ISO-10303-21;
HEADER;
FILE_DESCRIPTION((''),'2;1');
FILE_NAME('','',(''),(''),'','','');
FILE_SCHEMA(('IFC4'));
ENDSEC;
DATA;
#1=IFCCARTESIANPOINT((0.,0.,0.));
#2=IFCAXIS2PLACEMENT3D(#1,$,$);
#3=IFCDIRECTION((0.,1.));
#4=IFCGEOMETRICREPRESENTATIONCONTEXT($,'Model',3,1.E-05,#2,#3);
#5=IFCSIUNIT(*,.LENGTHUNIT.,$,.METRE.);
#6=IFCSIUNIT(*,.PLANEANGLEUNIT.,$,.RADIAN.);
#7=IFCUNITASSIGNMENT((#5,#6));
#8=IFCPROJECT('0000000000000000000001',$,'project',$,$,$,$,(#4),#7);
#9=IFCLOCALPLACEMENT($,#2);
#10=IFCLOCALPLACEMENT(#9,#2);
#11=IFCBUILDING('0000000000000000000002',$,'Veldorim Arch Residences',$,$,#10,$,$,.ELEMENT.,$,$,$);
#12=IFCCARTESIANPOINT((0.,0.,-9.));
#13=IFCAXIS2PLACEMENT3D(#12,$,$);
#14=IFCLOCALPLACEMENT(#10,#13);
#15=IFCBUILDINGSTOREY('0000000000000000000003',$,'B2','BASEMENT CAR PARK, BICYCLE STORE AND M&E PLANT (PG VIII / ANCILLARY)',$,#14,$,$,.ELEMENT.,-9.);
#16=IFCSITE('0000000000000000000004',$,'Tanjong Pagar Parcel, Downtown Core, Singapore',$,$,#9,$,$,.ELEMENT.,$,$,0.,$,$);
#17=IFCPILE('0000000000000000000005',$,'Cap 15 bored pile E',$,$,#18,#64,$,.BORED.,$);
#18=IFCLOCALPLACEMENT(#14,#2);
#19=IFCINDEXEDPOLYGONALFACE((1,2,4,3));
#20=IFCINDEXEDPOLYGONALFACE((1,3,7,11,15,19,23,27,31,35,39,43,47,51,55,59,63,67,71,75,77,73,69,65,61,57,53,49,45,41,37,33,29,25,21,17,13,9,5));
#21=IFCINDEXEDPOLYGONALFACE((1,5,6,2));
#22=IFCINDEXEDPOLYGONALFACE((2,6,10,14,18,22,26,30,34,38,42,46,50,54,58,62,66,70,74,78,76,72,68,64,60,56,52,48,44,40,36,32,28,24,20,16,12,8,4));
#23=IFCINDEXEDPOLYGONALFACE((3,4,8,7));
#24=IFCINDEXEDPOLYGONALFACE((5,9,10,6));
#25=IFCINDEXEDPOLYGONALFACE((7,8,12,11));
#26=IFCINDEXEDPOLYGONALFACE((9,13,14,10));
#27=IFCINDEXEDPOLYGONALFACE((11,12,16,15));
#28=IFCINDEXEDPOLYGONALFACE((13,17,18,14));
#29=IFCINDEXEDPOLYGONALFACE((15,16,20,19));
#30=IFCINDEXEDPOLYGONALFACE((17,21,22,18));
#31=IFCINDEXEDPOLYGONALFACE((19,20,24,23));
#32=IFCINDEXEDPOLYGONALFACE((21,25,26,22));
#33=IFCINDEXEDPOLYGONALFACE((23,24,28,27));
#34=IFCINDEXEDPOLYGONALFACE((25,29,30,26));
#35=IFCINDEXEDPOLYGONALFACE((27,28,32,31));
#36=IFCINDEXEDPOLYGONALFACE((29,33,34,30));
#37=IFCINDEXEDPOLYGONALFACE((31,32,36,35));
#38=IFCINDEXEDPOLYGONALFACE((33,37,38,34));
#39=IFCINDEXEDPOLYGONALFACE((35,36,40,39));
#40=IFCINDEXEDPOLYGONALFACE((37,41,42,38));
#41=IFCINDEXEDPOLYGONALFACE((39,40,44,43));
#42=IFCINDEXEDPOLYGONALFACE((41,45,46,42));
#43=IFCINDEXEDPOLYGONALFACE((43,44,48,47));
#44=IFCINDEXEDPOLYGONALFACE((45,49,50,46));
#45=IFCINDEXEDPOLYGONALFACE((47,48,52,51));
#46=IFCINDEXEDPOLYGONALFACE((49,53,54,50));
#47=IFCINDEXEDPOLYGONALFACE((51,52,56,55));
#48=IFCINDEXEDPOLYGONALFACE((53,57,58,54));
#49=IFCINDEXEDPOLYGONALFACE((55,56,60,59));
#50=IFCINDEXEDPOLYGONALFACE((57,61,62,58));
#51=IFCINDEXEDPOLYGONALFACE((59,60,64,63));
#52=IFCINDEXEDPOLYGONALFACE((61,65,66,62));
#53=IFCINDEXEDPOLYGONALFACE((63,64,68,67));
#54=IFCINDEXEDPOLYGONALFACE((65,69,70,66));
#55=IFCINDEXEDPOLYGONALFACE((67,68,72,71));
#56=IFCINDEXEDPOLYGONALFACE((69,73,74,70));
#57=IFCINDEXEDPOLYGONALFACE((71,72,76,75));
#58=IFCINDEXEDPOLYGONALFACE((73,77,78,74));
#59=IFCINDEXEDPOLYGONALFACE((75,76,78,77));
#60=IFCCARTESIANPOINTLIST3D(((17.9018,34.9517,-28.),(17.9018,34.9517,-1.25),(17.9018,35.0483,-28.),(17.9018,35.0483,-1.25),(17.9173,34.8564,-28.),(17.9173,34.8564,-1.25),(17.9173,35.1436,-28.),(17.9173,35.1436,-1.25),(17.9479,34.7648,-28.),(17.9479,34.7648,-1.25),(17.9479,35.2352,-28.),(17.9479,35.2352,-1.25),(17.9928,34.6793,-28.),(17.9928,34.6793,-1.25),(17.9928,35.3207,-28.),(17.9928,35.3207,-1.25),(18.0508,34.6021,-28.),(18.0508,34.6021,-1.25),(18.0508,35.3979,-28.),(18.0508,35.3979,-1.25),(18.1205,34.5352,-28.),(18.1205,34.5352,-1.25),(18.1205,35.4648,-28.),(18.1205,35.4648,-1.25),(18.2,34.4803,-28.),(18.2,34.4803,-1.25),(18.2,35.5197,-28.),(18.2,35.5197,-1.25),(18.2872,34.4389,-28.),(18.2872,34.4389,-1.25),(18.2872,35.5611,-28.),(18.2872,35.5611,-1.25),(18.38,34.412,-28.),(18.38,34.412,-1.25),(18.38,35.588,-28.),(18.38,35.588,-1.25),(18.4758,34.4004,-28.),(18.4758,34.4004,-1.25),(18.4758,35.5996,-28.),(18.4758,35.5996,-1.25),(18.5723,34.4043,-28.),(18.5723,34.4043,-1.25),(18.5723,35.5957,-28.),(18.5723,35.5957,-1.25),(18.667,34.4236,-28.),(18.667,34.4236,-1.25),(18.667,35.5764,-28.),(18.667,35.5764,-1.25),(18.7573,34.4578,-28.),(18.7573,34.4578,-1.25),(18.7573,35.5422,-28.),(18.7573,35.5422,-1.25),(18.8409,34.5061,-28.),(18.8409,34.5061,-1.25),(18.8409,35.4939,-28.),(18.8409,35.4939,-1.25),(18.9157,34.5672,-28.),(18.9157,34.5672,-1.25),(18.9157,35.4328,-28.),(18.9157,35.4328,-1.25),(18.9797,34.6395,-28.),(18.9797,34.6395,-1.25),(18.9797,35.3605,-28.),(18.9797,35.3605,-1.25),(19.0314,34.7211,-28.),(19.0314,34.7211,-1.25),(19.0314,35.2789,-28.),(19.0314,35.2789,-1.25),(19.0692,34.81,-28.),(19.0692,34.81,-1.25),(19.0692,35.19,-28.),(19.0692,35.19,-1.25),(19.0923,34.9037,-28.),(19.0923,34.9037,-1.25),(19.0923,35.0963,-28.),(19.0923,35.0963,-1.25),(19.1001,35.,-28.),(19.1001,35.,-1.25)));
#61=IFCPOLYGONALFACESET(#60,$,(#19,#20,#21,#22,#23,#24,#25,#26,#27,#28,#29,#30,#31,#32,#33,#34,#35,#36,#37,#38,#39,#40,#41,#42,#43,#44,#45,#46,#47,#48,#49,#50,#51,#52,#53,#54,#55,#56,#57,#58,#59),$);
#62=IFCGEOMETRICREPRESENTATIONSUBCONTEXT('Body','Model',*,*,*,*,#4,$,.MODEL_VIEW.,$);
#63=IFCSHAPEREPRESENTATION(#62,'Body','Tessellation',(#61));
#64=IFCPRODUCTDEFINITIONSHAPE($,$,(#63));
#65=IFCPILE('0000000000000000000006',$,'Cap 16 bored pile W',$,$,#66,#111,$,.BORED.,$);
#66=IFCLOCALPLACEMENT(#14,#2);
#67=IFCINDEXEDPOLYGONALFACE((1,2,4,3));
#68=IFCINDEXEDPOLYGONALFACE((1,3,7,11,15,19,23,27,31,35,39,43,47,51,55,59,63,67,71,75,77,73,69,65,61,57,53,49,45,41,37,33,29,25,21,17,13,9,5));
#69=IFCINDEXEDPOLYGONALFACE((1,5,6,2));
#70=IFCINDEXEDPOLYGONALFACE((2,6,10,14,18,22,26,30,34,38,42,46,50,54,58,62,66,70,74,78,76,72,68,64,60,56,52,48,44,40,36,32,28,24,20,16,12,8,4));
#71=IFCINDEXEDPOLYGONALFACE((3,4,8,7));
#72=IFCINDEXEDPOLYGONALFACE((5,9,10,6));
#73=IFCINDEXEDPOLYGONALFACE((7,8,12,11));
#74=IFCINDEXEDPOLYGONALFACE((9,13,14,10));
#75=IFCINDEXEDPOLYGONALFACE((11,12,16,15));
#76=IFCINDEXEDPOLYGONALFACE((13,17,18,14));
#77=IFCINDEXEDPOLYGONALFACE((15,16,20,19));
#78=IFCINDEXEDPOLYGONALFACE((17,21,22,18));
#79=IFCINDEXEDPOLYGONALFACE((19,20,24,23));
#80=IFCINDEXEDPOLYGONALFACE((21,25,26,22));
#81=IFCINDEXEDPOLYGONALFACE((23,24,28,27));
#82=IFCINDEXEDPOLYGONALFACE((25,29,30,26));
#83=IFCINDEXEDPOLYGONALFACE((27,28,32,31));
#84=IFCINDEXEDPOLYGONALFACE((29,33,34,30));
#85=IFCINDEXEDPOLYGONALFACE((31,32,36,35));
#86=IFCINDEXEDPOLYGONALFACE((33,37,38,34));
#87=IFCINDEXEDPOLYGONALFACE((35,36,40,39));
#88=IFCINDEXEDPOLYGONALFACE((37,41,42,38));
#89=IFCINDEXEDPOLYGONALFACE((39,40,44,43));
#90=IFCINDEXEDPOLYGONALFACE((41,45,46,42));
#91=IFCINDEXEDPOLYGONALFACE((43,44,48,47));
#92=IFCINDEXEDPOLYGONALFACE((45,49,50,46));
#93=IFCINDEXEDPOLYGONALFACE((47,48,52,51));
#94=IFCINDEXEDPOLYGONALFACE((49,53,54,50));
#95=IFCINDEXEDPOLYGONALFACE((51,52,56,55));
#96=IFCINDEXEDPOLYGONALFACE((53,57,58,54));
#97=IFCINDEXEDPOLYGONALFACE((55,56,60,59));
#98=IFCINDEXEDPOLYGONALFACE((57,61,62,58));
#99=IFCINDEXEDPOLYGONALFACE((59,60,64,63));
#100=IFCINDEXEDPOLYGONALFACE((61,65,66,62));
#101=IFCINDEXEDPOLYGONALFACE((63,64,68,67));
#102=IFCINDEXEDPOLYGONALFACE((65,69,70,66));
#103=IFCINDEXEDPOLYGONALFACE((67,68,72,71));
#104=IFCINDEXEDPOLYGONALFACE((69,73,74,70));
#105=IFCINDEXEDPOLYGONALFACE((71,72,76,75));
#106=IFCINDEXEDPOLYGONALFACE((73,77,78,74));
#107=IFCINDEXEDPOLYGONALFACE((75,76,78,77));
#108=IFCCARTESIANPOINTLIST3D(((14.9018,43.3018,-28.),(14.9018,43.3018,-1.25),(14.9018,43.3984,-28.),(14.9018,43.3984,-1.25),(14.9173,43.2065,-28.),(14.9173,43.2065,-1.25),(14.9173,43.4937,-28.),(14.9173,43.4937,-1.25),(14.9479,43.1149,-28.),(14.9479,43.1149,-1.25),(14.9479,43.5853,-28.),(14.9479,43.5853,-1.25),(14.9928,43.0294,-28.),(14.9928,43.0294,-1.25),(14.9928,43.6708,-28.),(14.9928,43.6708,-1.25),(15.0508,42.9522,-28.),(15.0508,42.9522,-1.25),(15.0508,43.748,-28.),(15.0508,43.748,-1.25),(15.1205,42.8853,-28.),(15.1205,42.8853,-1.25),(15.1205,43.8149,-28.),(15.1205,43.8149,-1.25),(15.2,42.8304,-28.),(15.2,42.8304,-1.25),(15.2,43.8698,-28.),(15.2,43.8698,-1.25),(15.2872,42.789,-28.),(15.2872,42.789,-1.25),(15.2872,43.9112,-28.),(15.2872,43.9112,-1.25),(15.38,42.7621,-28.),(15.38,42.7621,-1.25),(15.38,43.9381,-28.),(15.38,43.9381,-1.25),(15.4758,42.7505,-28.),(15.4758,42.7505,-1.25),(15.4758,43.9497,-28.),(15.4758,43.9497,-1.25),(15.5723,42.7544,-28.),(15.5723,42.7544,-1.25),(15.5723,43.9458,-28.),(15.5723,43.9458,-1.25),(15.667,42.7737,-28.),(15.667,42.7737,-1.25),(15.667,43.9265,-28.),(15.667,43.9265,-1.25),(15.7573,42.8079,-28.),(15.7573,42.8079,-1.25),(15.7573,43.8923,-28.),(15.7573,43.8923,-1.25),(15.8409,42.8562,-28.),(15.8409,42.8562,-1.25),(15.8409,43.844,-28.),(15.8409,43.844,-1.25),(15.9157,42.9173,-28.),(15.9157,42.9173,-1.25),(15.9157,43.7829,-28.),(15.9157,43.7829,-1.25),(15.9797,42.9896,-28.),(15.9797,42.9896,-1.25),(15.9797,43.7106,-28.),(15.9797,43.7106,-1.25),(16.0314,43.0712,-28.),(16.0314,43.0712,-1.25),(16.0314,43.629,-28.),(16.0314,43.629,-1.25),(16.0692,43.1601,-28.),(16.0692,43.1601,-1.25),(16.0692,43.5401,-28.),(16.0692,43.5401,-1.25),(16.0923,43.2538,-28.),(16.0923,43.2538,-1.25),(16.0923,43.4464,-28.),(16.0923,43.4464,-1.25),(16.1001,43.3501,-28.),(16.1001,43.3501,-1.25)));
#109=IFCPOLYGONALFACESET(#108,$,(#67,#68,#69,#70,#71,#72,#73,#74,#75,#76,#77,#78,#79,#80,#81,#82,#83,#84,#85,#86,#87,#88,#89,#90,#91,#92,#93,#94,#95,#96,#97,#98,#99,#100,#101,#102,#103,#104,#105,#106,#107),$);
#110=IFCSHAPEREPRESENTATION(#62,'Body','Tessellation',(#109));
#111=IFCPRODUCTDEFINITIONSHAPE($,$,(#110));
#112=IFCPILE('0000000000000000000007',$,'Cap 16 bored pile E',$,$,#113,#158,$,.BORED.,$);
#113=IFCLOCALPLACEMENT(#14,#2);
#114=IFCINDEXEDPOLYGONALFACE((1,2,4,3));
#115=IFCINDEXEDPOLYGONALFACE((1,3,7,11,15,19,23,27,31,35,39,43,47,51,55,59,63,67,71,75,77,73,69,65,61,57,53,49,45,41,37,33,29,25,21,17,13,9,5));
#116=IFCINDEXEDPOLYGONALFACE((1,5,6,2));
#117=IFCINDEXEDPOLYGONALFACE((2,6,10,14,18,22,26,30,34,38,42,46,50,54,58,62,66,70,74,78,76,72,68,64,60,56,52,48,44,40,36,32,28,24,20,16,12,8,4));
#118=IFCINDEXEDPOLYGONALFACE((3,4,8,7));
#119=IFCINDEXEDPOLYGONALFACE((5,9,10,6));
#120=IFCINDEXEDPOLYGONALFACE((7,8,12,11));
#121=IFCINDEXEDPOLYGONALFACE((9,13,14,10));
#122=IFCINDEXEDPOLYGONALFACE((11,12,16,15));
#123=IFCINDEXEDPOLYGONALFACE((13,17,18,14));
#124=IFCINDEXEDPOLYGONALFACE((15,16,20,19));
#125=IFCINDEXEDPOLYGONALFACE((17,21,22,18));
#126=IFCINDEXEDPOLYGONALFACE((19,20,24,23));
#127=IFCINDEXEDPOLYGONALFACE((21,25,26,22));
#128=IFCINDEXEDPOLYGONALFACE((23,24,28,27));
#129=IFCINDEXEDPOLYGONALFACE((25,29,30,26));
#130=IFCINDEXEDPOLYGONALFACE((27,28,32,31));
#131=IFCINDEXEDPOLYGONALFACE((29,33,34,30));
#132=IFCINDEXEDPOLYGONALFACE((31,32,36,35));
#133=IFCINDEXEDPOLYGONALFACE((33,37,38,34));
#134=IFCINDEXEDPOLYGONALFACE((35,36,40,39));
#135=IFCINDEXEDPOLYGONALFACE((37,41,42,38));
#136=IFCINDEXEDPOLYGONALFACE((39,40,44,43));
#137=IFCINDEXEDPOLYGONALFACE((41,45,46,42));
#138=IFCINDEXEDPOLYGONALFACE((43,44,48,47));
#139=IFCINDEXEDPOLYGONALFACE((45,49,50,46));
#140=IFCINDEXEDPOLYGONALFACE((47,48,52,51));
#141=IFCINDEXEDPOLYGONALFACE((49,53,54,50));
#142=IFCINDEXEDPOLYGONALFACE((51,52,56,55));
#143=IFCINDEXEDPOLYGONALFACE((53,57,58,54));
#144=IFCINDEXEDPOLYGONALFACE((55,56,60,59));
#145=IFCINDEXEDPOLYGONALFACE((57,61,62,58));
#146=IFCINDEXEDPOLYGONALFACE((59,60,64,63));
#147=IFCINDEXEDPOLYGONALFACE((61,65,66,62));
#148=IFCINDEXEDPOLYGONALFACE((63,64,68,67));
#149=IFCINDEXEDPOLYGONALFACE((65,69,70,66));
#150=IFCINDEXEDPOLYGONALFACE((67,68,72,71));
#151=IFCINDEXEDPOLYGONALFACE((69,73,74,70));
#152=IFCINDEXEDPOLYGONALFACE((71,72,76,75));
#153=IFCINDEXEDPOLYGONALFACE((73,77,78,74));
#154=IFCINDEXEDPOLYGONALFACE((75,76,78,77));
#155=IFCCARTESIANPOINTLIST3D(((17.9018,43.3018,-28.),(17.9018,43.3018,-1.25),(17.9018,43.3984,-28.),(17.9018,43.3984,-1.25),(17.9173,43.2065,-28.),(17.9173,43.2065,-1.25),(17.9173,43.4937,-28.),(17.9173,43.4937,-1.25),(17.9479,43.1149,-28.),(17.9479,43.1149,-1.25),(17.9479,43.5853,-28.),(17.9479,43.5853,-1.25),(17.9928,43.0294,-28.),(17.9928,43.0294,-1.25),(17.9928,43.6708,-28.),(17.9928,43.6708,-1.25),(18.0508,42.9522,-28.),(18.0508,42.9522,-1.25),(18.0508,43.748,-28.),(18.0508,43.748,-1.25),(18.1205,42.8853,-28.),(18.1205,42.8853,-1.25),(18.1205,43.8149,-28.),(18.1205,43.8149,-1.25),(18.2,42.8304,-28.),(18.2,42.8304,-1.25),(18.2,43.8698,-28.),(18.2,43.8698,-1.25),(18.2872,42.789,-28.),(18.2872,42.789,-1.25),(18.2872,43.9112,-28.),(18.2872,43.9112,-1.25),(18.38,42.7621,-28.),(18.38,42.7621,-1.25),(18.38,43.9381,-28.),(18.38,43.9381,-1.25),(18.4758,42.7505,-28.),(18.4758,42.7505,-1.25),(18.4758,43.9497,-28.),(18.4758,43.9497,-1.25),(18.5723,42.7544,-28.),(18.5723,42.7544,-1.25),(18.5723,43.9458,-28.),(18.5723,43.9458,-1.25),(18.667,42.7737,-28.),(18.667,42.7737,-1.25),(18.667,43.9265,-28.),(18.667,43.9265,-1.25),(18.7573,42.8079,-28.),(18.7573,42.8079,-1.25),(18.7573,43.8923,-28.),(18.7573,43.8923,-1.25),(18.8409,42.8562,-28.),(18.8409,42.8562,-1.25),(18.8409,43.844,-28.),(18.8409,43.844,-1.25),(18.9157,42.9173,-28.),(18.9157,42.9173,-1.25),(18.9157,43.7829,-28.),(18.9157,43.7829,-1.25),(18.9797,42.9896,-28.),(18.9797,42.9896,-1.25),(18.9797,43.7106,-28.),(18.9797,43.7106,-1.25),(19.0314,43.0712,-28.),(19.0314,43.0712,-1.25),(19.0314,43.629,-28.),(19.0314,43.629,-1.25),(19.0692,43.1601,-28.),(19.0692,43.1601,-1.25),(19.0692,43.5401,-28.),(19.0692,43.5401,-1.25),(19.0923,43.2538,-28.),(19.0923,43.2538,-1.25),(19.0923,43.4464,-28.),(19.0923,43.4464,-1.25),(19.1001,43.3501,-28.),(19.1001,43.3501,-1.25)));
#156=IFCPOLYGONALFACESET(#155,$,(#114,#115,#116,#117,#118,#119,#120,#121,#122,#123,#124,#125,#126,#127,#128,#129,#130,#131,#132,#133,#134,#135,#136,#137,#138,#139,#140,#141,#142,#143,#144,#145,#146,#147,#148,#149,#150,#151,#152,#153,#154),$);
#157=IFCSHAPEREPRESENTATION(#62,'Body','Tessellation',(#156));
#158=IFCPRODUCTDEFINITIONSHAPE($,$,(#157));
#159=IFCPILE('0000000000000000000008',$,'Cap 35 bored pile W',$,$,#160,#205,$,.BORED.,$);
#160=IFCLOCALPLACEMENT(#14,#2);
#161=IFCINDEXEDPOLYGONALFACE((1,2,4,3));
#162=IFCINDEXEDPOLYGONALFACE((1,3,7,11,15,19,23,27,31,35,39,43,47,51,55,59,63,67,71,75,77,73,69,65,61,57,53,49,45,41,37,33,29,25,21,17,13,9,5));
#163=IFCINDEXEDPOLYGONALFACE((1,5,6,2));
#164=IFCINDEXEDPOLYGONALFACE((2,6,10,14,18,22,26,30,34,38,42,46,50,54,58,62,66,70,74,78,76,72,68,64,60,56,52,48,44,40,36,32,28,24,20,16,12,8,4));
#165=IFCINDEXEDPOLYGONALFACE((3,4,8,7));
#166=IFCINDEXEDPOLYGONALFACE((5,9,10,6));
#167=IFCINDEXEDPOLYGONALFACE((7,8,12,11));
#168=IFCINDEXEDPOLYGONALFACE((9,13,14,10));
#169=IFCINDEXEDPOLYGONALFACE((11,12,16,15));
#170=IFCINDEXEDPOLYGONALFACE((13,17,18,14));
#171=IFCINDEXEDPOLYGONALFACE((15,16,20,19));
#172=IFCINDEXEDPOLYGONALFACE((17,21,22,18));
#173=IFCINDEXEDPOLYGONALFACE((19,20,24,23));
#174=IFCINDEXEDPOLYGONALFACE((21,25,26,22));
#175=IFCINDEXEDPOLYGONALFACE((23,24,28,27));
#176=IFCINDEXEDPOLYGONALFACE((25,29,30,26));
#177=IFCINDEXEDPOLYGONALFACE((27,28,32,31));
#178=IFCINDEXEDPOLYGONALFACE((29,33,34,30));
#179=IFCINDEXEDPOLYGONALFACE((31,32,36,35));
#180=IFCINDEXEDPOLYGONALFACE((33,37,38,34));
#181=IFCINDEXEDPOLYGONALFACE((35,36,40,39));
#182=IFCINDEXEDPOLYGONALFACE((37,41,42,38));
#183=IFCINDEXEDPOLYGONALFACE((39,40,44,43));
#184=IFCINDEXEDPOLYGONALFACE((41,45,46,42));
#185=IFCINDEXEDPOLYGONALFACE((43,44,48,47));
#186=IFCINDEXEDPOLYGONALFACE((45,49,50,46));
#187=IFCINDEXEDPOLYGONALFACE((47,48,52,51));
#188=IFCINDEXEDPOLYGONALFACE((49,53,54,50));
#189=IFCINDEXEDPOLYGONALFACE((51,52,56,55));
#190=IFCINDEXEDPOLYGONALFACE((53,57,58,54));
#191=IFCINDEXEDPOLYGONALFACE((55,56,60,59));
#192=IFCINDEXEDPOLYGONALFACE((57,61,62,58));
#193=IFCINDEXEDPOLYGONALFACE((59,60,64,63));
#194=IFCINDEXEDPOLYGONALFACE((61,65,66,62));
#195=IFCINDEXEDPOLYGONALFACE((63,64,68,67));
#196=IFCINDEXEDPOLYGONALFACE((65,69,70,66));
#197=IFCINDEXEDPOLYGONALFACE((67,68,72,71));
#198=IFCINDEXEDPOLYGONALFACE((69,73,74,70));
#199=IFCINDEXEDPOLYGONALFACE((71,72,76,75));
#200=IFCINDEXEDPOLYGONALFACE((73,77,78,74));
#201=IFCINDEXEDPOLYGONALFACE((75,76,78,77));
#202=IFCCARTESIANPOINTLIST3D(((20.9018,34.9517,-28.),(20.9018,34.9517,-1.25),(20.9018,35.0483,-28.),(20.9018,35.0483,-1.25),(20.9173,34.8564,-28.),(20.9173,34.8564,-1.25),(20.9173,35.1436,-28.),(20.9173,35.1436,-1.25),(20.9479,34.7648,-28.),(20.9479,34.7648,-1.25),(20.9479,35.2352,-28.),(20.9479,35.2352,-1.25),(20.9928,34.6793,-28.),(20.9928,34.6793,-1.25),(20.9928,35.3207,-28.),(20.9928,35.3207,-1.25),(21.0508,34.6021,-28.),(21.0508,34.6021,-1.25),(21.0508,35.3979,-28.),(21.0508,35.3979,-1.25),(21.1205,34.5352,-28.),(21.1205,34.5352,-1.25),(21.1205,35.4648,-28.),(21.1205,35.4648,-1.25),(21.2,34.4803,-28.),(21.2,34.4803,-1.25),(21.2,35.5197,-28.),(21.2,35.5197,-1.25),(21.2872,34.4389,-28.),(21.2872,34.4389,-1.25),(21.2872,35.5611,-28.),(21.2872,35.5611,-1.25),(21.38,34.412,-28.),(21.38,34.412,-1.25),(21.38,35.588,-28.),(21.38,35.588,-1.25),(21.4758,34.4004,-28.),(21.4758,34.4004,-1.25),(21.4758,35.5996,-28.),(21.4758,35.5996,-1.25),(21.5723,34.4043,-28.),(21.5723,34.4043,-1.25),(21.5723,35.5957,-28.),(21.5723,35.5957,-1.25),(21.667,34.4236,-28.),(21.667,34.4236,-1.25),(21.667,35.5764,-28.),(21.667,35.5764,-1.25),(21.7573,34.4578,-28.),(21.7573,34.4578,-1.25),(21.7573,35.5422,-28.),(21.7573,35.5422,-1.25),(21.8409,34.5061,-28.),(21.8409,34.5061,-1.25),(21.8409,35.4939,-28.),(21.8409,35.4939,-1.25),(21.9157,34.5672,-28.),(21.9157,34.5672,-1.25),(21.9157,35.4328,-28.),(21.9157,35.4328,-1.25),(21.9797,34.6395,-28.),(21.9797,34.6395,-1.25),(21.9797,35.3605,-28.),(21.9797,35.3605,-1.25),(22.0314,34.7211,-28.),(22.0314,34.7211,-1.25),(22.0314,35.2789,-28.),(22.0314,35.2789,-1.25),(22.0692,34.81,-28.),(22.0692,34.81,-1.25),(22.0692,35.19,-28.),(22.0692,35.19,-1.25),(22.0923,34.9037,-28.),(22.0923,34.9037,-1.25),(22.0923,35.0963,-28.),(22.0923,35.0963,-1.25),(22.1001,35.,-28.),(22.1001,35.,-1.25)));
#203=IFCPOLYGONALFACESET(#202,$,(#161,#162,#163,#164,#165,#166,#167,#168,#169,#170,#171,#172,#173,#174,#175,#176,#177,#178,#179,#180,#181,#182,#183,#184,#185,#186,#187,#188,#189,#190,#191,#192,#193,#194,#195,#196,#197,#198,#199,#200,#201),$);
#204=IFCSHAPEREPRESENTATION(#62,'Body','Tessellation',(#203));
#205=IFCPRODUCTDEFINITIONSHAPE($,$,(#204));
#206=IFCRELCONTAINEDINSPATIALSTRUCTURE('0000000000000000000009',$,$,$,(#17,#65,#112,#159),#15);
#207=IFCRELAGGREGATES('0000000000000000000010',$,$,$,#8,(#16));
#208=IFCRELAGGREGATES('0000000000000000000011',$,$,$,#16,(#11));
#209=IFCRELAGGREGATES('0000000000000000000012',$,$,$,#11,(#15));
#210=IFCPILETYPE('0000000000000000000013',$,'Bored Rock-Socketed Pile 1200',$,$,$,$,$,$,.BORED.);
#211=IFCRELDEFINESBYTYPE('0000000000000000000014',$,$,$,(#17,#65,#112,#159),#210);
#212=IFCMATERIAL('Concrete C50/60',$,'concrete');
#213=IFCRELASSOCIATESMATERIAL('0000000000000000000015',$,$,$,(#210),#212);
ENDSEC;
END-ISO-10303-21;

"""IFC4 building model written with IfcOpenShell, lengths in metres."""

from ifc_helpers import new_model, si_unit, direction, frame, origin, origin_2d, place, context, subcontext, project, spatial, circle, extrude, material, material_profile, profile_set, type_object, element, save


model = new_model("IFC4")

# Units and contexts
model_context = context("Model", 3, precision=1e-05, world=origin(), true_north=direction((0.0, 1.0)))
body_context = subcontext(model_context, "Body", "Model", "MODEL_VIEW")
ifc_project = project(units=[si_unit("LENGTHUNIT", "METRE"), si_unit("PLANEANGLEUNIT", "RADIAN")], contexts=[model_context])

# Site, building, storey
site_placement = place(None, origin())
site = spatial("IfcSite", under=ifc_project, at=site_placement, Name="Tanjong Pagar Parcel, Downtown Core, Singapore", CompositionType="ELEMENT", RefElevation=0.0)
building_placement = place(site_placement, origin())
building = spatial("IfcBuilding", under=site, at=building_placement, Name="Veldorim Arch Residences", CompositionType="ELEMENT")
storey_placement = place(building_placement, frame((0.0, 0.0, -9.0)))
storey = spatial("IfcBuildingStorey", under=building, at=storey_placement, Name="B2", Description="BASEMENT CAR PARK, BICYCLE STORE AND M&E PLANT (PG VIII / ANCILLARY)", CompositionType="ELEMENT", Elevation=-9.0)

# Piles
ifc_material_1 = material(Name="Concrete C50/60", Category="concrete")
ifc_material_profile_1 = material_profile(ifc_material_1, circle(Radius=0.6001, at=origin_2d()), Name="PILE_1200")
ifc_profile_set_1 = profile_set([ifc_material_profile_1], Name="Concrete C50/60")
pile_type_1 = type_object("IfcPileType", Name="Bored Rock-Socketed Pile 1200", PredefinedType="BORED", material=ifc_profile_set_1)
for number, where, z_axis, x_axis, name in (
    (1, (18.5, 35.0, -1.25), (0.0, 0.0, -1.0), (1.0, 0.0, 0.0), "Cap 15 bored pile E"),
    (2, (15.5, 43.3501, -1.25), (0.0, 0.0, -1.0), (1.0, 0.0, 0.0), "Cap 16 bored pile W"),
    (3, (18.5, 43.3501, -1.25), (0.0, 0.0, -1.0), (1.0, 0.0, 0.0), "Cap 16 bored pile E"),
    (4, (21.5, 35.0, -1.25), (0.0, 0.0, -1.0), (1.0, 0.0, 0.0), "Cap 35 bored pile W"),
):
    element("IfcPile", number, at=place(storey_placement, frame(where, z_axis=z_axis, x_axis=x_axis)), inside=storey, type_object=pile_type_1, Name=name, PredefinedType="BORED", context=body_context, shape_type="SweptSolid", body=[
        extrude(circle(Radius=0.6001, at=origin_2d()), origin(), (0.0, 0.0, 1.0), 26.75),
    ])

save(model, "model.ifc")
